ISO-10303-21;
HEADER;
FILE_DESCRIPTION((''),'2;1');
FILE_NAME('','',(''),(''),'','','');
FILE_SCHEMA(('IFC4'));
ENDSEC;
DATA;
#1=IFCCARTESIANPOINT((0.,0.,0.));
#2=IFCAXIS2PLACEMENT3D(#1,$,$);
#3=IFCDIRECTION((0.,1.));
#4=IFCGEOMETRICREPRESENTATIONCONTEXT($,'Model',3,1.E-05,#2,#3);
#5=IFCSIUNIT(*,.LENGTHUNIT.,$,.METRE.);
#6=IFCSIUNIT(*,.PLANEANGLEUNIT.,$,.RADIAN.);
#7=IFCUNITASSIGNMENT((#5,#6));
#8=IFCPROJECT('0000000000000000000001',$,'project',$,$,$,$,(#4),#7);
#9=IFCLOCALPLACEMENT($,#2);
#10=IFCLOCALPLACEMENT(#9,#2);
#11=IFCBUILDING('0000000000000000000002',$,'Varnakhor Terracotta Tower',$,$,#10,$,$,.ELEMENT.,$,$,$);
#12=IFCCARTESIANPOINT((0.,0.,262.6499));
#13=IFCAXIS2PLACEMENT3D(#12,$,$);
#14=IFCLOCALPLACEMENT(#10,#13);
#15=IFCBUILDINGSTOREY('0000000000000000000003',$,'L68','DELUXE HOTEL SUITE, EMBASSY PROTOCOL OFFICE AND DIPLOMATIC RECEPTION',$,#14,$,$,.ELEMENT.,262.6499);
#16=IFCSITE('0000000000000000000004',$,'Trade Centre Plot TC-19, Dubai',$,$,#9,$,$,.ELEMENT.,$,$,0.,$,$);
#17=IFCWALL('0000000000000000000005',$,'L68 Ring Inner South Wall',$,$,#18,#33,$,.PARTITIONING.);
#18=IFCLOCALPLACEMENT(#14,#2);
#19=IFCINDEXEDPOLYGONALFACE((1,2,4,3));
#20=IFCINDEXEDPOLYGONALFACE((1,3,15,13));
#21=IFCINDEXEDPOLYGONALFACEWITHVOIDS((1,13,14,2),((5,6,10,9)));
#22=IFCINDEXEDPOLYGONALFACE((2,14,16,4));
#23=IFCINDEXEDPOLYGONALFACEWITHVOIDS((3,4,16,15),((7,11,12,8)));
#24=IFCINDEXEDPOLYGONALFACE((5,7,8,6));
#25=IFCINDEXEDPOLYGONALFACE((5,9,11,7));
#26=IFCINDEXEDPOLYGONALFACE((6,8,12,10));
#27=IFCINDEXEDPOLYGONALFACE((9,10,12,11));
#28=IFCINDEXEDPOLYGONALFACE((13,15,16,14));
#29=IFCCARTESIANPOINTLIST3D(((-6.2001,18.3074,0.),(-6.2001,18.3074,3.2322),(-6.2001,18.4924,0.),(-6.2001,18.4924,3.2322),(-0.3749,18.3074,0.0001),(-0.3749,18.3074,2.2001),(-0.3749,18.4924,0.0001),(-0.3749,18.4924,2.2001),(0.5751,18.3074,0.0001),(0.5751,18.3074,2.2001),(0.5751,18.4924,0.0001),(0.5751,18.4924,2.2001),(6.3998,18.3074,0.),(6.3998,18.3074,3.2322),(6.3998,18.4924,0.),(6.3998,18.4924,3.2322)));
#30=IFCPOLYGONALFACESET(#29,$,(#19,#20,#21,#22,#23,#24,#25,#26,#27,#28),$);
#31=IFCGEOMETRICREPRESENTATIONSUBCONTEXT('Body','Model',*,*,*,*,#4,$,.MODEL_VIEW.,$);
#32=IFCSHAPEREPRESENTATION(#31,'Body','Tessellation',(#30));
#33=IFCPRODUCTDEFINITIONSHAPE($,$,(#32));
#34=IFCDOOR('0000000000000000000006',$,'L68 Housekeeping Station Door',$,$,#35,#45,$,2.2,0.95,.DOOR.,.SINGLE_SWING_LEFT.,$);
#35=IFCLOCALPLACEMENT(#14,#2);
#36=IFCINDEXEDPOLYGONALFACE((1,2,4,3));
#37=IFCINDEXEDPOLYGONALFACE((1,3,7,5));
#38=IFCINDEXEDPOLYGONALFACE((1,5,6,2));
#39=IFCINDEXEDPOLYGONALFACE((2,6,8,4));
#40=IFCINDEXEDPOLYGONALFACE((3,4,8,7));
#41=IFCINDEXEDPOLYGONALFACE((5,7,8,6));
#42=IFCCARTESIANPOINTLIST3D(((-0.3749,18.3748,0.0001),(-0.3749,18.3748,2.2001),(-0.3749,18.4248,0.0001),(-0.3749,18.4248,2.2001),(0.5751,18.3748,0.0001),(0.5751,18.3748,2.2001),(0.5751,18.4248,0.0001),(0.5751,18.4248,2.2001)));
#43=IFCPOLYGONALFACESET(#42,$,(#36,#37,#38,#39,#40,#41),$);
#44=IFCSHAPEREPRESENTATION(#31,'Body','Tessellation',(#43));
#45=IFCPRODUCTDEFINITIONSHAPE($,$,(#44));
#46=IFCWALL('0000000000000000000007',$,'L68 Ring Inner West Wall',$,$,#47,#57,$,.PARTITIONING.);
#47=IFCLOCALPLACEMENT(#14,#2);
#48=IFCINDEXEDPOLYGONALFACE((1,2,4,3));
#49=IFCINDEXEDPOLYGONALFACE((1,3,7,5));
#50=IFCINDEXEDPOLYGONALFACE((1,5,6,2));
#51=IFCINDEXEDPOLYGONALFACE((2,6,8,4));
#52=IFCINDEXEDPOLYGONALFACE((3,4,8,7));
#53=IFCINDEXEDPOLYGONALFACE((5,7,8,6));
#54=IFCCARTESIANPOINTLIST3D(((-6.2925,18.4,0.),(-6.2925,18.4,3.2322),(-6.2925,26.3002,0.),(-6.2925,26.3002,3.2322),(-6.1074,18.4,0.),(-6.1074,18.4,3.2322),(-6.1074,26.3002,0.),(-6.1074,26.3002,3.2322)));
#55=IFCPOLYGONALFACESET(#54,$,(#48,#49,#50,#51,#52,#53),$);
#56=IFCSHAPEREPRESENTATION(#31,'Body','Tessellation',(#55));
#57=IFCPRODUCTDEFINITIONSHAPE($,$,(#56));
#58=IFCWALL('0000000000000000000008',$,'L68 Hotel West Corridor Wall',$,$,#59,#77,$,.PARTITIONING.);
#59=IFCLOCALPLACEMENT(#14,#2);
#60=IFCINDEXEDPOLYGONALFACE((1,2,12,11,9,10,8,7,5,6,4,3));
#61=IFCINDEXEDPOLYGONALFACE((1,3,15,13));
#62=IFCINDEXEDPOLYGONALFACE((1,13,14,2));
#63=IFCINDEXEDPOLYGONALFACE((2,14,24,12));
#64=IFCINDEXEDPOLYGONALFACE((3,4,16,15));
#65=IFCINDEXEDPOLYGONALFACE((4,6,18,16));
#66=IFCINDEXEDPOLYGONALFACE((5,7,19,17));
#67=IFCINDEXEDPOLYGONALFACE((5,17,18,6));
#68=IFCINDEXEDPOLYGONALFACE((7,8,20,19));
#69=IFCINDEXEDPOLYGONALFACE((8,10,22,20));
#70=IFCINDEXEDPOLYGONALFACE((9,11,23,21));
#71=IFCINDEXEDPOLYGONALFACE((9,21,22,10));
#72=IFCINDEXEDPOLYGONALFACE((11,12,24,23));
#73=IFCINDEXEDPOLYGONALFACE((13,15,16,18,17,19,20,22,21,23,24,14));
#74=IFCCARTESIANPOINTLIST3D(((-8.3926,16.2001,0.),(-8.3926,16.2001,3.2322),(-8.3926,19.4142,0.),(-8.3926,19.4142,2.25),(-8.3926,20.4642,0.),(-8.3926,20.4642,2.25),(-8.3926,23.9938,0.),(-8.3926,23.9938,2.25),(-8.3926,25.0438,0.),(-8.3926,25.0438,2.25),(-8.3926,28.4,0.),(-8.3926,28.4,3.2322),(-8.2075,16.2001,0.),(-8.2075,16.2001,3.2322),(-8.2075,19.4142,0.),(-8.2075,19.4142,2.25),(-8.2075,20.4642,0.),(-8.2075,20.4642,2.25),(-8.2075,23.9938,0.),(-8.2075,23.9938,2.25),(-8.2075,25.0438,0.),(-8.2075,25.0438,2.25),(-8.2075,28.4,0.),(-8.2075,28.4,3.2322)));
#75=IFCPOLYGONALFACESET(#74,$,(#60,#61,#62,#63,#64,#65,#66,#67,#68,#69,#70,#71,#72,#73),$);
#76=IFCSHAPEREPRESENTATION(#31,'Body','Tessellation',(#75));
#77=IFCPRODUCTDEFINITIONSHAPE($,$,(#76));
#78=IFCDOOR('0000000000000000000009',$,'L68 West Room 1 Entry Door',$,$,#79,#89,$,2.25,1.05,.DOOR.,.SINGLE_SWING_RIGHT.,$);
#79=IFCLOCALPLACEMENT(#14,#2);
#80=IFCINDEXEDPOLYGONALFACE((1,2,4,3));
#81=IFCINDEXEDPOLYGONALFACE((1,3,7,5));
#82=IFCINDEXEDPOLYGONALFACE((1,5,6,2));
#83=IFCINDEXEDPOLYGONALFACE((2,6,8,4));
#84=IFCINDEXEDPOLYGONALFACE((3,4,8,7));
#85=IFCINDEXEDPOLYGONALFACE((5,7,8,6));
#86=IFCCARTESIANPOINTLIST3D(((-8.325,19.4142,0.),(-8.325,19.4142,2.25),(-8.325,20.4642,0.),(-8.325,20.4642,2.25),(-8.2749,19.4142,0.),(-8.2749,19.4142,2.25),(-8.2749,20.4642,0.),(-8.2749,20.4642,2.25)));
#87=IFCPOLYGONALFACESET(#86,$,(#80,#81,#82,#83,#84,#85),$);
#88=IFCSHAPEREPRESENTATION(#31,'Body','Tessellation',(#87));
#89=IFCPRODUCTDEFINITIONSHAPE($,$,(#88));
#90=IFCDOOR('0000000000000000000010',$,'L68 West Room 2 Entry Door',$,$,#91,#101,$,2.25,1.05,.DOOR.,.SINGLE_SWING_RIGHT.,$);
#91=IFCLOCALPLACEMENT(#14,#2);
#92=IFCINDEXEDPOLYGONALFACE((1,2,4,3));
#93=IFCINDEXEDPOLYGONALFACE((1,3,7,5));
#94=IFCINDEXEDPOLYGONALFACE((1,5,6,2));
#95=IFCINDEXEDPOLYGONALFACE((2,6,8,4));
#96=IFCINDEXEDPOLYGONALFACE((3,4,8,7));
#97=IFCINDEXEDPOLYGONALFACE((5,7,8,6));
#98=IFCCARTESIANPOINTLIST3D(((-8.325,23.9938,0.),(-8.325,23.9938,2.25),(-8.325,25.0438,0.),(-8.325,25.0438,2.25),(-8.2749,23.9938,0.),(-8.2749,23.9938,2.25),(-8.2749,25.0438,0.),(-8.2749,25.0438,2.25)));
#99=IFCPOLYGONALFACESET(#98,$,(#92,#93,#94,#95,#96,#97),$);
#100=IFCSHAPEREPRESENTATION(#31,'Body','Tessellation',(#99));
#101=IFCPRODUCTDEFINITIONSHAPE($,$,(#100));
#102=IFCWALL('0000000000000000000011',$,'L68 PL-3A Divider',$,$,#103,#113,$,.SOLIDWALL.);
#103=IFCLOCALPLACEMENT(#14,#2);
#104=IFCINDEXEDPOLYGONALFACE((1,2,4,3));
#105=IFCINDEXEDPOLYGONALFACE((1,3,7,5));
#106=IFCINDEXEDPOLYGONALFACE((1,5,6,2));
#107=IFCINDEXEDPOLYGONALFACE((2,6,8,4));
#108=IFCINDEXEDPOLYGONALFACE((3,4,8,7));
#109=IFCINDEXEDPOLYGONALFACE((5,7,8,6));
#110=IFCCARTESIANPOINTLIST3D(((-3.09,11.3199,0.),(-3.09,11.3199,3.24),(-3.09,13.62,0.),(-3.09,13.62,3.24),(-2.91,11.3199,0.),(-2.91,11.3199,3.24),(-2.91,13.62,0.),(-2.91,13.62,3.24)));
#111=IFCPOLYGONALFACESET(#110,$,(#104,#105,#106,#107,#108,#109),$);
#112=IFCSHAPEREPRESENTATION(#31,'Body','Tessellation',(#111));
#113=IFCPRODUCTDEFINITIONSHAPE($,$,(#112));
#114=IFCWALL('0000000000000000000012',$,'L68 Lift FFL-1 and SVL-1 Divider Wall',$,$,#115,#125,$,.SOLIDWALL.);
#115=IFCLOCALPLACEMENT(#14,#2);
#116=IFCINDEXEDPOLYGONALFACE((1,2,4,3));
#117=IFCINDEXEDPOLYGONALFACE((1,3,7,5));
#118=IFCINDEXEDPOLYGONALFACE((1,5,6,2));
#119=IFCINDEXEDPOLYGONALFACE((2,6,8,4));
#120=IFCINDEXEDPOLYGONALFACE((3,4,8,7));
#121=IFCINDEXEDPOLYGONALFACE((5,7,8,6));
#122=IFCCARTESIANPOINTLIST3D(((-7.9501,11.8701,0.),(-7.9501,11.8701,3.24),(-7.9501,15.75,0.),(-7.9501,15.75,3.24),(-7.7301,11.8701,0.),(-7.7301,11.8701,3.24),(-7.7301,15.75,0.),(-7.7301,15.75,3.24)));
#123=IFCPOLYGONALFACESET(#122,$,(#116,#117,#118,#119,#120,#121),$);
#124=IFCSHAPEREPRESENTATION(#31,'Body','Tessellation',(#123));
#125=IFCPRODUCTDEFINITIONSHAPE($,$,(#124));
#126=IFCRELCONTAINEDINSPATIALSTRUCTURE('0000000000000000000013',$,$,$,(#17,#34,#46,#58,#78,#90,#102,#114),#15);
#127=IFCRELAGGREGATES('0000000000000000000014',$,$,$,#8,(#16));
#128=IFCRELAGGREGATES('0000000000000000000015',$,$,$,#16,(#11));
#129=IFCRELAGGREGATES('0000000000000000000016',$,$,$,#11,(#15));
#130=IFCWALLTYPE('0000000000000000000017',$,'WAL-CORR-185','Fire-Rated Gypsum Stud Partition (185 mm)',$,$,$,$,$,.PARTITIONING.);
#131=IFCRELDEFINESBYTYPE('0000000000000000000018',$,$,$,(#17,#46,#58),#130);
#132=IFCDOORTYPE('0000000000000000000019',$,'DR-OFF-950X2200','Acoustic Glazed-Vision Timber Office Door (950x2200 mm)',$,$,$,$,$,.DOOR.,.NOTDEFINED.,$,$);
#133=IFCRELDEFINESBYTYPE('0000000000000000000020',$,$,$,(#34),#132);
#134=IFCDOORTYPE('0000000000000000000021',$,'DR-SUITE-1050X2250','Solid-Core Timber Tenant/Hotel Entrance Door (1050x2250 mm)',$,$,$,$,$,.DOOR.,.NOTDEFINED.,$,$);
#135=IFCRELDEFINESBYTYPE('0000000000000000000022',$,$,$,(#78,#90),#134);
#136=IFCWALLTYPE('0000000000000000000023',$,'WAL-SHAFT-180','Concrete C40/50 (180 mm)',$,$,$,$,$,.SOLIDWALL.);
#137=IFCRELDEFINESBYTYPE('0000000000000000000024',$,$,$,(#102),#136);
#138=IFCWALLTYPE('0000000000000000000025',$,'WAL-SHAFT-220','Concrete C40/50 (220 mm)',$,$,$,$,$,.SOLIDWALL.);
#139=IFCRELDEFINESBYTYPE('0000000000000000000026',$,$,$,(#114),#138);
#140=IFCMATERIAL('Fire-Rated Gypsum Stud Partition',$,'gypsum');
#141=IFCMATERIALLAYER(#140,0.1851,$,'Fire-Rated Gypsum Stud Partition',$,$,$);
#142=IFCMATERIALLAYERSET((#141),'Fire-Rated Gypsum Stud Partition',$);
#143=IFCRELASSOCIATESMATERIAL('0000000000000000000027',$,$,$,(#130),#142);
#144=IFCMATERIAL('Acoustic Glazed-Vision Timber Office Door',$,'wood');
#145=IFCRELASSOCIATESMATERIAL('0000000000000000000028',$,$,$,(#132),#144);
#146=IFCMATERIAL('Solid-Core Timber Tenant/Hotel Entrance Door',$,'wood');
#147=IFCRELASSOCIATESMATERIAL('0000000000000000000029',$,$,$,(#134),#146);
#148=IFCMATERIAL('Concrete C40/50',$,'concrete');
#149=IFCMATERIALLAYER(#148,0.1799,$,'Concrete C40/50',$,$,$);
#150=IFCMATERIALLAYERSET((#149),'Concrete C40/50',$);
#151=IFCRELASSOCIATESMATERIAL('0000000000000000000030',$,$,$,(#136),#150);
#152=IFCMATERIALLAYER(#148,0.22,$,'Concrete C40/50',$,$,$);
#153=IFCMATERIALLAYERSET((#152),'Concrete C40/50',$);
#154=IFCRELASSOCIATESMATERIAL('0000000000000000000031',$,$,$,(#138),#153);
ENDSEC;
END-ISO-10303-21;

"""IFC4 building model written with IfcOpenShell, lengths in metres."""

from ifc_helpers import new_model, si_unit, direction, frame, frame_2d, origin, place, context, subcontext, project, spatial, rectangle, extrude, source, transform, mapped, material, layer, layer_set, type_object, type_shapes, element, fill, save


model = new_model("IFC4")

# Units and contexts
model_context = context("Model", 3, precision=1e-05, world=origin(), true_north=direction((0.0, 1.0)))
body_context = subcontext(model_context, "Body", "Model", "MODEL_VIEW")
ifc_project = project(units=[si_unit("LENGTHUNIT", "METRE"), si_unit("PLANEANGLEUNIT", "RADIAN")], contexts=[model_context])

# Site, building, storey
site_placement = place(None, origin())
site = spatial("IfcSite", under=ifc_project, at=site_placement, Name="Trade Centre Plot TC-19, Dubai", CompositionType="ELEMENT", RefElevation=0.0)
building_placement = place(site_placement, origin())
building = spatial("IfcBuilding", under=site, at=building_placement, Name="Varnakhor Terracotta Tower", CompositionType="ELEMENT")
storey_placement = place(building_placement, frame((0.0, 0.0, 262.6499)))
storey = spatial("IfcBuildingStorey", under=building, at=storey_placement, Name="L68", Description="DELUXE HOTEL SUITE, EMBASSY PROTOCOL OFFICE AND DIPLOMATIC RECEPTION", CompositionType="ELEMENT", Elevation=262.6499)

# Wall, opening, door
ifc_material_1 = material(Name="Fire-Rated Gypsum Stud Partition", Category="gypsum")
ifc_layer_1 = layer(ifc_material_1, 0.1851, Name="Fire-Rated Gypsum Stud Partition")
ifc_layer_set_1 = layer_set([ifc_layer_1], Name="Fire-Rated Gypsum Stud Partition")
wall_type_1 = type_object("IfcWallType", Name="WAL-CORR-185", Description="Fire-Rated Gypsum Stud Partition (185 mm)", PredefinedType="PARTITIONING", material=ifc_layer_set_1)
wall_1_placement = place(storey_placement, frame((-6.2, 18.3999, 0.0), z_axis=(0.0, 0.0, 1.0), x_axis=(1.0, 0.0, 0.0)))
wall_1 = element("IfcWall", 1, at=wall_1_placement, inside=storey, type_object=wall_type_1, Name="L68 Ring Inner South Wall", PredefinedType="PARTITIONING", context=body_context, shape_type="SweptSolid", body=[
    extrude(rectangle(XDim=12.5999, YDim=0.1851, at=frame_2d((6.2998, 0.0))), origin(), (0.0, 0.0, 1.0), 3.2322),
])
opening_1_placement = place(wall_1_placement, frame((5.825, 0.0, 0.0)))
opening_1 = element("IfcOpeningElement", 2, at=opening_1_placement, cuts=wall_1, PredefinedType="OPENING", context=body_context, shape_type="SweptSolid", body=[
    extrude(rectangle(XDim=0.95, YDim=2.2, at=frame_2d((0.4751, 1.1001))), frame((0.0, 0.1025, 0.0), z_axis=(0.0, -1.0, 0.0), x_axis=(1.0, 0.0, 0.0)), (0.0, 0.0, 1.0), 0.2051),
])
ifc_material_2 = material(Name="Acoustic Glazed-Vision Timber Office Door", Category="wood")
door_type_1 = type_object("IfcDoorType", Name="DR-OFF-950X2200", Description="Acoustic Glazed-Vision Timber Office Door (950x2200 mm)", OperationType="NOTDEFINED", PredefinedType="DOOR", material=ifc_material_2)
shared_shape_1 = source(origin(), body_context, "Body", "SweptSolid", [
    extrude(rectangle(XDim=0.95, YDim=2.2, at=frame_2d((0.4751, 1.1001))), frame((0.0, 0.0249, 0.0), z_axis=(0.0, -1.0, 0.0), x_axis=(1.0, 0.0, 0.0)), (0.0, 0.0, 1.0), 0.05),
])
type_shapes(door_type_1, [shared_shape_1])
door_1_placement = place(opening_1_placement, origin())
door_1 = element("IfcDoor", 3, at=door_1_placement, inside=storey, type_object=door_type_1, Name="L68 Housekeeping Station Door", OperationType="SINGLE_SWING_LEFT", OverallHeight=2.2, OverallWidth=0.95, PredefinedType="DOOR", context=body_context, shape_type="MappedRepresentation", body=[
    mapped(shared_shape_1, transform((0.0, 0.0, 0.0), scale=1.0)),
])
fill(opening_1, door_1)

# Wall
wall_2_placement = place(storey_placement, frame((-6.2, 18.3999, 0.0), z_axis=(0.0, 0.0, 1.0), x_axis=(0.0, 1.0, 0.0)))
element("IfcWall", 4, at=wall_2_placement, inside=storey, type_object=wall_type_1, Name="L68 Ring Inner West Wall", PredefinedType="PARTITIONING", context=body_context, shape_type="SweptSolid", body=[
    extrude(rectangle(XDim=7.9001, YDim=0.1851, at=frame_2d((3.9502, 0.0))), origin(), (0.0, 0.0, 1.0), 3.2322),
])

# Wall, openings, doors
wall_3_placement = place(storey_placement, frame((-8.3, 16.2, 0.0), z_axis=(0.0, 0.0, 1.0), x_axis=(0.0, 1.0, 0.0)))
wall_3 = element("IfcWall", 5, at=wall_3_placement, inside=storey, type_object=wall_type_1, Name="L68 Hotel West Corridor Wall", PredefinedType="PARTITIONING", context=body_context, shape_type="SweptSolid", body=[
    extrude(rectangle(XDim=12.2, YDim=0.1851, at=frame_2d((6.1001, 0.0))), origin(), (0.0, 0.0, 1.0), 3.2322),
])
opening_2_placement = place(wall_3_placement, frame((3.2144, 0.0, 0.0)))
opening_2 = element("IfcOpeningElement", 6, at=opening_2_placement, cuts=wall_3, PredefinedType="OPENING", context=body_context, shape_type="SweptSolid", body=[
    extrude(rectangle(XDim=1.05, YDim=2.25, at=frame_2d((0.5249, 1.125))), frame((0.0, 0.1025, 0.0), z_axis=(0.0, -1.0, 0.0), x_axis=(1.0, 0.0, 0.0)), (0.0, 0.0, 1.0), 0.2051),
])
opening_3_placement = place(wall_3_placement, frame((7.7939, 0.0, 0.0)))
opening_3 = element("IfcOpeningElement", 7, at=opening_3_placement, cuts=wall_3, PredefinedType="OPENING", context=body_context, shape_type="SweptSolid", body=[
    extrude(rectangle(XDim=1.05, YDim=2.25, at=frame_2d((0.5249, 1.125))), frame((0.0, 0.1025, 0.0), z_axis=(0.0, -1.0, 0.0), x_axis=(1.0, 0.0, 0.0)), (0.0, 0.0, 1.0), 0.2051),
])
ifc_material_3 = material(Name="Solid-Core Timber Tenant/Hotel Entrance Door", Category="wood")
door_type_2 = type_object("IfcDoorType", Name="DR-SUITE-1050X2250", Description="Solid-Core Timber Tenant/Hotel Entrance Door (1050x2250 mm)", OperationType="NOTDEFINED", PredefinedType="DOOR", material=ifc_material_3)
shared_shape_2 = source(origin(), body_context, "Body", "SweptSolid", [
    extrude(rectangle(XDim=1.05, YDim=2.25, at=frame_2d((0.5249, 1.125))), frame((0.0, 0.0249, 0.0), z_axis=(0.0, -1.0, 0.0), x_axis=(1.0, 0.0, 0.0)), (0.0, 0.0, 1.0), 0.05),
])
type_shapes(door_type_2, [shared_shape_2])
door_2_placement = place(opening_2_placement, origin())
door_2 = element("IfcDoor", 8, at=door_2_placement, inside=storey, type_object=door_type_2, Name="L68 West Room 1 Entry Door", OperationType="SINGLE_SWING_RIGHT", OverallHeight=2.25, OverallWidth=1.05, PredefinedType="DOOR", context=body_context, shape_type="MappedRepresentation", body=[
    mapped(shared_shape_2, transform((0.0, 0.0, 0.0), scale=1.0)),
])
fill(opening_2, door_2)
door_3_placement = place(opening_3_placement, origin())
door_3 = element("IfcDoor", 9, at=door_3_placement, inside=storey, type_object=door_type_2, Name="L68 West Room 2 Entry Door", OperationType="SINGLE_SWING_RIGHT", OverallHeight=2.25, OverallWidth=1.05, PredefinedType="DOOR", context=body_context, shape_type="MappedRepresentation", body=[
    mapped(shared_shape_2, transform((0.0, 0.0, 0.0), scale=1.0)),
])
fill(opening_3, door_3)

# Walls
ifc_material_4 = material(Name="Concrete C40/50", Category="concrete")
ifc_layer_2 = layer(ifc_material_4, 0.1799, Name="Concrete C40/50")
ifc_layer_set_2 = layer_set([ifc_layer_2], Name="Concrete C40/50")
wall_type_2 = type_object("IfcWallType", Name="WAL-SHAFT-180", Description="Concrete C40/50 (180 mm)", PredefinedType="SOLIDWALL", material=ifc_layer_set_2)
wall_4_placement = place(storey_placement, frame((-3.0, 11.3201, 0.0), z_axis=(0.0, 0.0, 1.0), x_axis=(0.0, 1.0, 0.0)))
element("IfcWall", 10, at=wall_4_placement, inside=storey, type_object=wall_type_2, Name="L68 PL-3A Divider", PredefinedType="SOLIDWALL", context=body_context, shape_type="SweptSolid", body=[
    extrude(rectangle(XDim=2.3, YDim=0.1799, at=frame_2d((1.1499, 0.0))), origin(), (0.0, 0.0, 1.0), 3.24),
])
ifc_layer_3 = layer(ifc_material_4, 0.22, Name="Concrete C40/50")
ifc_layer_set_3 = layer_set([ifc_layer_3], Name="Concrete C40/50")
wall_type_3 = type_object("IfcWallType", Name="WAL-SHAFT-220", Description="Concrete C40/50 (220 mm)", PredefinedType="SOLIDWALL", material=ifc_layer_set_3)
wall_5_placement = place(storey_placement, frame((-7.8401, 11.8701, 0.0), z_axis=(0.0, 0.0, 1.0), x_axis=(0.0, 1.0, 0.0)))
element("IfcWall", 11, at=wall_5_placement, inside=storey, type_object=wall_type_3, Name="L68 Lift FFL-1 and SVL-1 Divider Wall", PredefinedType="SOLIDWALL", context=body_context, shape_type="SweptSolid", body=[
    extrude(rectangle(XDim=3.8799, YDim=0.22, at=frame_2d((1.9399, 0.0))), origin(), (0.0, 0.0, 1.0), 3.24),
])

save(model, "model.ifc")
